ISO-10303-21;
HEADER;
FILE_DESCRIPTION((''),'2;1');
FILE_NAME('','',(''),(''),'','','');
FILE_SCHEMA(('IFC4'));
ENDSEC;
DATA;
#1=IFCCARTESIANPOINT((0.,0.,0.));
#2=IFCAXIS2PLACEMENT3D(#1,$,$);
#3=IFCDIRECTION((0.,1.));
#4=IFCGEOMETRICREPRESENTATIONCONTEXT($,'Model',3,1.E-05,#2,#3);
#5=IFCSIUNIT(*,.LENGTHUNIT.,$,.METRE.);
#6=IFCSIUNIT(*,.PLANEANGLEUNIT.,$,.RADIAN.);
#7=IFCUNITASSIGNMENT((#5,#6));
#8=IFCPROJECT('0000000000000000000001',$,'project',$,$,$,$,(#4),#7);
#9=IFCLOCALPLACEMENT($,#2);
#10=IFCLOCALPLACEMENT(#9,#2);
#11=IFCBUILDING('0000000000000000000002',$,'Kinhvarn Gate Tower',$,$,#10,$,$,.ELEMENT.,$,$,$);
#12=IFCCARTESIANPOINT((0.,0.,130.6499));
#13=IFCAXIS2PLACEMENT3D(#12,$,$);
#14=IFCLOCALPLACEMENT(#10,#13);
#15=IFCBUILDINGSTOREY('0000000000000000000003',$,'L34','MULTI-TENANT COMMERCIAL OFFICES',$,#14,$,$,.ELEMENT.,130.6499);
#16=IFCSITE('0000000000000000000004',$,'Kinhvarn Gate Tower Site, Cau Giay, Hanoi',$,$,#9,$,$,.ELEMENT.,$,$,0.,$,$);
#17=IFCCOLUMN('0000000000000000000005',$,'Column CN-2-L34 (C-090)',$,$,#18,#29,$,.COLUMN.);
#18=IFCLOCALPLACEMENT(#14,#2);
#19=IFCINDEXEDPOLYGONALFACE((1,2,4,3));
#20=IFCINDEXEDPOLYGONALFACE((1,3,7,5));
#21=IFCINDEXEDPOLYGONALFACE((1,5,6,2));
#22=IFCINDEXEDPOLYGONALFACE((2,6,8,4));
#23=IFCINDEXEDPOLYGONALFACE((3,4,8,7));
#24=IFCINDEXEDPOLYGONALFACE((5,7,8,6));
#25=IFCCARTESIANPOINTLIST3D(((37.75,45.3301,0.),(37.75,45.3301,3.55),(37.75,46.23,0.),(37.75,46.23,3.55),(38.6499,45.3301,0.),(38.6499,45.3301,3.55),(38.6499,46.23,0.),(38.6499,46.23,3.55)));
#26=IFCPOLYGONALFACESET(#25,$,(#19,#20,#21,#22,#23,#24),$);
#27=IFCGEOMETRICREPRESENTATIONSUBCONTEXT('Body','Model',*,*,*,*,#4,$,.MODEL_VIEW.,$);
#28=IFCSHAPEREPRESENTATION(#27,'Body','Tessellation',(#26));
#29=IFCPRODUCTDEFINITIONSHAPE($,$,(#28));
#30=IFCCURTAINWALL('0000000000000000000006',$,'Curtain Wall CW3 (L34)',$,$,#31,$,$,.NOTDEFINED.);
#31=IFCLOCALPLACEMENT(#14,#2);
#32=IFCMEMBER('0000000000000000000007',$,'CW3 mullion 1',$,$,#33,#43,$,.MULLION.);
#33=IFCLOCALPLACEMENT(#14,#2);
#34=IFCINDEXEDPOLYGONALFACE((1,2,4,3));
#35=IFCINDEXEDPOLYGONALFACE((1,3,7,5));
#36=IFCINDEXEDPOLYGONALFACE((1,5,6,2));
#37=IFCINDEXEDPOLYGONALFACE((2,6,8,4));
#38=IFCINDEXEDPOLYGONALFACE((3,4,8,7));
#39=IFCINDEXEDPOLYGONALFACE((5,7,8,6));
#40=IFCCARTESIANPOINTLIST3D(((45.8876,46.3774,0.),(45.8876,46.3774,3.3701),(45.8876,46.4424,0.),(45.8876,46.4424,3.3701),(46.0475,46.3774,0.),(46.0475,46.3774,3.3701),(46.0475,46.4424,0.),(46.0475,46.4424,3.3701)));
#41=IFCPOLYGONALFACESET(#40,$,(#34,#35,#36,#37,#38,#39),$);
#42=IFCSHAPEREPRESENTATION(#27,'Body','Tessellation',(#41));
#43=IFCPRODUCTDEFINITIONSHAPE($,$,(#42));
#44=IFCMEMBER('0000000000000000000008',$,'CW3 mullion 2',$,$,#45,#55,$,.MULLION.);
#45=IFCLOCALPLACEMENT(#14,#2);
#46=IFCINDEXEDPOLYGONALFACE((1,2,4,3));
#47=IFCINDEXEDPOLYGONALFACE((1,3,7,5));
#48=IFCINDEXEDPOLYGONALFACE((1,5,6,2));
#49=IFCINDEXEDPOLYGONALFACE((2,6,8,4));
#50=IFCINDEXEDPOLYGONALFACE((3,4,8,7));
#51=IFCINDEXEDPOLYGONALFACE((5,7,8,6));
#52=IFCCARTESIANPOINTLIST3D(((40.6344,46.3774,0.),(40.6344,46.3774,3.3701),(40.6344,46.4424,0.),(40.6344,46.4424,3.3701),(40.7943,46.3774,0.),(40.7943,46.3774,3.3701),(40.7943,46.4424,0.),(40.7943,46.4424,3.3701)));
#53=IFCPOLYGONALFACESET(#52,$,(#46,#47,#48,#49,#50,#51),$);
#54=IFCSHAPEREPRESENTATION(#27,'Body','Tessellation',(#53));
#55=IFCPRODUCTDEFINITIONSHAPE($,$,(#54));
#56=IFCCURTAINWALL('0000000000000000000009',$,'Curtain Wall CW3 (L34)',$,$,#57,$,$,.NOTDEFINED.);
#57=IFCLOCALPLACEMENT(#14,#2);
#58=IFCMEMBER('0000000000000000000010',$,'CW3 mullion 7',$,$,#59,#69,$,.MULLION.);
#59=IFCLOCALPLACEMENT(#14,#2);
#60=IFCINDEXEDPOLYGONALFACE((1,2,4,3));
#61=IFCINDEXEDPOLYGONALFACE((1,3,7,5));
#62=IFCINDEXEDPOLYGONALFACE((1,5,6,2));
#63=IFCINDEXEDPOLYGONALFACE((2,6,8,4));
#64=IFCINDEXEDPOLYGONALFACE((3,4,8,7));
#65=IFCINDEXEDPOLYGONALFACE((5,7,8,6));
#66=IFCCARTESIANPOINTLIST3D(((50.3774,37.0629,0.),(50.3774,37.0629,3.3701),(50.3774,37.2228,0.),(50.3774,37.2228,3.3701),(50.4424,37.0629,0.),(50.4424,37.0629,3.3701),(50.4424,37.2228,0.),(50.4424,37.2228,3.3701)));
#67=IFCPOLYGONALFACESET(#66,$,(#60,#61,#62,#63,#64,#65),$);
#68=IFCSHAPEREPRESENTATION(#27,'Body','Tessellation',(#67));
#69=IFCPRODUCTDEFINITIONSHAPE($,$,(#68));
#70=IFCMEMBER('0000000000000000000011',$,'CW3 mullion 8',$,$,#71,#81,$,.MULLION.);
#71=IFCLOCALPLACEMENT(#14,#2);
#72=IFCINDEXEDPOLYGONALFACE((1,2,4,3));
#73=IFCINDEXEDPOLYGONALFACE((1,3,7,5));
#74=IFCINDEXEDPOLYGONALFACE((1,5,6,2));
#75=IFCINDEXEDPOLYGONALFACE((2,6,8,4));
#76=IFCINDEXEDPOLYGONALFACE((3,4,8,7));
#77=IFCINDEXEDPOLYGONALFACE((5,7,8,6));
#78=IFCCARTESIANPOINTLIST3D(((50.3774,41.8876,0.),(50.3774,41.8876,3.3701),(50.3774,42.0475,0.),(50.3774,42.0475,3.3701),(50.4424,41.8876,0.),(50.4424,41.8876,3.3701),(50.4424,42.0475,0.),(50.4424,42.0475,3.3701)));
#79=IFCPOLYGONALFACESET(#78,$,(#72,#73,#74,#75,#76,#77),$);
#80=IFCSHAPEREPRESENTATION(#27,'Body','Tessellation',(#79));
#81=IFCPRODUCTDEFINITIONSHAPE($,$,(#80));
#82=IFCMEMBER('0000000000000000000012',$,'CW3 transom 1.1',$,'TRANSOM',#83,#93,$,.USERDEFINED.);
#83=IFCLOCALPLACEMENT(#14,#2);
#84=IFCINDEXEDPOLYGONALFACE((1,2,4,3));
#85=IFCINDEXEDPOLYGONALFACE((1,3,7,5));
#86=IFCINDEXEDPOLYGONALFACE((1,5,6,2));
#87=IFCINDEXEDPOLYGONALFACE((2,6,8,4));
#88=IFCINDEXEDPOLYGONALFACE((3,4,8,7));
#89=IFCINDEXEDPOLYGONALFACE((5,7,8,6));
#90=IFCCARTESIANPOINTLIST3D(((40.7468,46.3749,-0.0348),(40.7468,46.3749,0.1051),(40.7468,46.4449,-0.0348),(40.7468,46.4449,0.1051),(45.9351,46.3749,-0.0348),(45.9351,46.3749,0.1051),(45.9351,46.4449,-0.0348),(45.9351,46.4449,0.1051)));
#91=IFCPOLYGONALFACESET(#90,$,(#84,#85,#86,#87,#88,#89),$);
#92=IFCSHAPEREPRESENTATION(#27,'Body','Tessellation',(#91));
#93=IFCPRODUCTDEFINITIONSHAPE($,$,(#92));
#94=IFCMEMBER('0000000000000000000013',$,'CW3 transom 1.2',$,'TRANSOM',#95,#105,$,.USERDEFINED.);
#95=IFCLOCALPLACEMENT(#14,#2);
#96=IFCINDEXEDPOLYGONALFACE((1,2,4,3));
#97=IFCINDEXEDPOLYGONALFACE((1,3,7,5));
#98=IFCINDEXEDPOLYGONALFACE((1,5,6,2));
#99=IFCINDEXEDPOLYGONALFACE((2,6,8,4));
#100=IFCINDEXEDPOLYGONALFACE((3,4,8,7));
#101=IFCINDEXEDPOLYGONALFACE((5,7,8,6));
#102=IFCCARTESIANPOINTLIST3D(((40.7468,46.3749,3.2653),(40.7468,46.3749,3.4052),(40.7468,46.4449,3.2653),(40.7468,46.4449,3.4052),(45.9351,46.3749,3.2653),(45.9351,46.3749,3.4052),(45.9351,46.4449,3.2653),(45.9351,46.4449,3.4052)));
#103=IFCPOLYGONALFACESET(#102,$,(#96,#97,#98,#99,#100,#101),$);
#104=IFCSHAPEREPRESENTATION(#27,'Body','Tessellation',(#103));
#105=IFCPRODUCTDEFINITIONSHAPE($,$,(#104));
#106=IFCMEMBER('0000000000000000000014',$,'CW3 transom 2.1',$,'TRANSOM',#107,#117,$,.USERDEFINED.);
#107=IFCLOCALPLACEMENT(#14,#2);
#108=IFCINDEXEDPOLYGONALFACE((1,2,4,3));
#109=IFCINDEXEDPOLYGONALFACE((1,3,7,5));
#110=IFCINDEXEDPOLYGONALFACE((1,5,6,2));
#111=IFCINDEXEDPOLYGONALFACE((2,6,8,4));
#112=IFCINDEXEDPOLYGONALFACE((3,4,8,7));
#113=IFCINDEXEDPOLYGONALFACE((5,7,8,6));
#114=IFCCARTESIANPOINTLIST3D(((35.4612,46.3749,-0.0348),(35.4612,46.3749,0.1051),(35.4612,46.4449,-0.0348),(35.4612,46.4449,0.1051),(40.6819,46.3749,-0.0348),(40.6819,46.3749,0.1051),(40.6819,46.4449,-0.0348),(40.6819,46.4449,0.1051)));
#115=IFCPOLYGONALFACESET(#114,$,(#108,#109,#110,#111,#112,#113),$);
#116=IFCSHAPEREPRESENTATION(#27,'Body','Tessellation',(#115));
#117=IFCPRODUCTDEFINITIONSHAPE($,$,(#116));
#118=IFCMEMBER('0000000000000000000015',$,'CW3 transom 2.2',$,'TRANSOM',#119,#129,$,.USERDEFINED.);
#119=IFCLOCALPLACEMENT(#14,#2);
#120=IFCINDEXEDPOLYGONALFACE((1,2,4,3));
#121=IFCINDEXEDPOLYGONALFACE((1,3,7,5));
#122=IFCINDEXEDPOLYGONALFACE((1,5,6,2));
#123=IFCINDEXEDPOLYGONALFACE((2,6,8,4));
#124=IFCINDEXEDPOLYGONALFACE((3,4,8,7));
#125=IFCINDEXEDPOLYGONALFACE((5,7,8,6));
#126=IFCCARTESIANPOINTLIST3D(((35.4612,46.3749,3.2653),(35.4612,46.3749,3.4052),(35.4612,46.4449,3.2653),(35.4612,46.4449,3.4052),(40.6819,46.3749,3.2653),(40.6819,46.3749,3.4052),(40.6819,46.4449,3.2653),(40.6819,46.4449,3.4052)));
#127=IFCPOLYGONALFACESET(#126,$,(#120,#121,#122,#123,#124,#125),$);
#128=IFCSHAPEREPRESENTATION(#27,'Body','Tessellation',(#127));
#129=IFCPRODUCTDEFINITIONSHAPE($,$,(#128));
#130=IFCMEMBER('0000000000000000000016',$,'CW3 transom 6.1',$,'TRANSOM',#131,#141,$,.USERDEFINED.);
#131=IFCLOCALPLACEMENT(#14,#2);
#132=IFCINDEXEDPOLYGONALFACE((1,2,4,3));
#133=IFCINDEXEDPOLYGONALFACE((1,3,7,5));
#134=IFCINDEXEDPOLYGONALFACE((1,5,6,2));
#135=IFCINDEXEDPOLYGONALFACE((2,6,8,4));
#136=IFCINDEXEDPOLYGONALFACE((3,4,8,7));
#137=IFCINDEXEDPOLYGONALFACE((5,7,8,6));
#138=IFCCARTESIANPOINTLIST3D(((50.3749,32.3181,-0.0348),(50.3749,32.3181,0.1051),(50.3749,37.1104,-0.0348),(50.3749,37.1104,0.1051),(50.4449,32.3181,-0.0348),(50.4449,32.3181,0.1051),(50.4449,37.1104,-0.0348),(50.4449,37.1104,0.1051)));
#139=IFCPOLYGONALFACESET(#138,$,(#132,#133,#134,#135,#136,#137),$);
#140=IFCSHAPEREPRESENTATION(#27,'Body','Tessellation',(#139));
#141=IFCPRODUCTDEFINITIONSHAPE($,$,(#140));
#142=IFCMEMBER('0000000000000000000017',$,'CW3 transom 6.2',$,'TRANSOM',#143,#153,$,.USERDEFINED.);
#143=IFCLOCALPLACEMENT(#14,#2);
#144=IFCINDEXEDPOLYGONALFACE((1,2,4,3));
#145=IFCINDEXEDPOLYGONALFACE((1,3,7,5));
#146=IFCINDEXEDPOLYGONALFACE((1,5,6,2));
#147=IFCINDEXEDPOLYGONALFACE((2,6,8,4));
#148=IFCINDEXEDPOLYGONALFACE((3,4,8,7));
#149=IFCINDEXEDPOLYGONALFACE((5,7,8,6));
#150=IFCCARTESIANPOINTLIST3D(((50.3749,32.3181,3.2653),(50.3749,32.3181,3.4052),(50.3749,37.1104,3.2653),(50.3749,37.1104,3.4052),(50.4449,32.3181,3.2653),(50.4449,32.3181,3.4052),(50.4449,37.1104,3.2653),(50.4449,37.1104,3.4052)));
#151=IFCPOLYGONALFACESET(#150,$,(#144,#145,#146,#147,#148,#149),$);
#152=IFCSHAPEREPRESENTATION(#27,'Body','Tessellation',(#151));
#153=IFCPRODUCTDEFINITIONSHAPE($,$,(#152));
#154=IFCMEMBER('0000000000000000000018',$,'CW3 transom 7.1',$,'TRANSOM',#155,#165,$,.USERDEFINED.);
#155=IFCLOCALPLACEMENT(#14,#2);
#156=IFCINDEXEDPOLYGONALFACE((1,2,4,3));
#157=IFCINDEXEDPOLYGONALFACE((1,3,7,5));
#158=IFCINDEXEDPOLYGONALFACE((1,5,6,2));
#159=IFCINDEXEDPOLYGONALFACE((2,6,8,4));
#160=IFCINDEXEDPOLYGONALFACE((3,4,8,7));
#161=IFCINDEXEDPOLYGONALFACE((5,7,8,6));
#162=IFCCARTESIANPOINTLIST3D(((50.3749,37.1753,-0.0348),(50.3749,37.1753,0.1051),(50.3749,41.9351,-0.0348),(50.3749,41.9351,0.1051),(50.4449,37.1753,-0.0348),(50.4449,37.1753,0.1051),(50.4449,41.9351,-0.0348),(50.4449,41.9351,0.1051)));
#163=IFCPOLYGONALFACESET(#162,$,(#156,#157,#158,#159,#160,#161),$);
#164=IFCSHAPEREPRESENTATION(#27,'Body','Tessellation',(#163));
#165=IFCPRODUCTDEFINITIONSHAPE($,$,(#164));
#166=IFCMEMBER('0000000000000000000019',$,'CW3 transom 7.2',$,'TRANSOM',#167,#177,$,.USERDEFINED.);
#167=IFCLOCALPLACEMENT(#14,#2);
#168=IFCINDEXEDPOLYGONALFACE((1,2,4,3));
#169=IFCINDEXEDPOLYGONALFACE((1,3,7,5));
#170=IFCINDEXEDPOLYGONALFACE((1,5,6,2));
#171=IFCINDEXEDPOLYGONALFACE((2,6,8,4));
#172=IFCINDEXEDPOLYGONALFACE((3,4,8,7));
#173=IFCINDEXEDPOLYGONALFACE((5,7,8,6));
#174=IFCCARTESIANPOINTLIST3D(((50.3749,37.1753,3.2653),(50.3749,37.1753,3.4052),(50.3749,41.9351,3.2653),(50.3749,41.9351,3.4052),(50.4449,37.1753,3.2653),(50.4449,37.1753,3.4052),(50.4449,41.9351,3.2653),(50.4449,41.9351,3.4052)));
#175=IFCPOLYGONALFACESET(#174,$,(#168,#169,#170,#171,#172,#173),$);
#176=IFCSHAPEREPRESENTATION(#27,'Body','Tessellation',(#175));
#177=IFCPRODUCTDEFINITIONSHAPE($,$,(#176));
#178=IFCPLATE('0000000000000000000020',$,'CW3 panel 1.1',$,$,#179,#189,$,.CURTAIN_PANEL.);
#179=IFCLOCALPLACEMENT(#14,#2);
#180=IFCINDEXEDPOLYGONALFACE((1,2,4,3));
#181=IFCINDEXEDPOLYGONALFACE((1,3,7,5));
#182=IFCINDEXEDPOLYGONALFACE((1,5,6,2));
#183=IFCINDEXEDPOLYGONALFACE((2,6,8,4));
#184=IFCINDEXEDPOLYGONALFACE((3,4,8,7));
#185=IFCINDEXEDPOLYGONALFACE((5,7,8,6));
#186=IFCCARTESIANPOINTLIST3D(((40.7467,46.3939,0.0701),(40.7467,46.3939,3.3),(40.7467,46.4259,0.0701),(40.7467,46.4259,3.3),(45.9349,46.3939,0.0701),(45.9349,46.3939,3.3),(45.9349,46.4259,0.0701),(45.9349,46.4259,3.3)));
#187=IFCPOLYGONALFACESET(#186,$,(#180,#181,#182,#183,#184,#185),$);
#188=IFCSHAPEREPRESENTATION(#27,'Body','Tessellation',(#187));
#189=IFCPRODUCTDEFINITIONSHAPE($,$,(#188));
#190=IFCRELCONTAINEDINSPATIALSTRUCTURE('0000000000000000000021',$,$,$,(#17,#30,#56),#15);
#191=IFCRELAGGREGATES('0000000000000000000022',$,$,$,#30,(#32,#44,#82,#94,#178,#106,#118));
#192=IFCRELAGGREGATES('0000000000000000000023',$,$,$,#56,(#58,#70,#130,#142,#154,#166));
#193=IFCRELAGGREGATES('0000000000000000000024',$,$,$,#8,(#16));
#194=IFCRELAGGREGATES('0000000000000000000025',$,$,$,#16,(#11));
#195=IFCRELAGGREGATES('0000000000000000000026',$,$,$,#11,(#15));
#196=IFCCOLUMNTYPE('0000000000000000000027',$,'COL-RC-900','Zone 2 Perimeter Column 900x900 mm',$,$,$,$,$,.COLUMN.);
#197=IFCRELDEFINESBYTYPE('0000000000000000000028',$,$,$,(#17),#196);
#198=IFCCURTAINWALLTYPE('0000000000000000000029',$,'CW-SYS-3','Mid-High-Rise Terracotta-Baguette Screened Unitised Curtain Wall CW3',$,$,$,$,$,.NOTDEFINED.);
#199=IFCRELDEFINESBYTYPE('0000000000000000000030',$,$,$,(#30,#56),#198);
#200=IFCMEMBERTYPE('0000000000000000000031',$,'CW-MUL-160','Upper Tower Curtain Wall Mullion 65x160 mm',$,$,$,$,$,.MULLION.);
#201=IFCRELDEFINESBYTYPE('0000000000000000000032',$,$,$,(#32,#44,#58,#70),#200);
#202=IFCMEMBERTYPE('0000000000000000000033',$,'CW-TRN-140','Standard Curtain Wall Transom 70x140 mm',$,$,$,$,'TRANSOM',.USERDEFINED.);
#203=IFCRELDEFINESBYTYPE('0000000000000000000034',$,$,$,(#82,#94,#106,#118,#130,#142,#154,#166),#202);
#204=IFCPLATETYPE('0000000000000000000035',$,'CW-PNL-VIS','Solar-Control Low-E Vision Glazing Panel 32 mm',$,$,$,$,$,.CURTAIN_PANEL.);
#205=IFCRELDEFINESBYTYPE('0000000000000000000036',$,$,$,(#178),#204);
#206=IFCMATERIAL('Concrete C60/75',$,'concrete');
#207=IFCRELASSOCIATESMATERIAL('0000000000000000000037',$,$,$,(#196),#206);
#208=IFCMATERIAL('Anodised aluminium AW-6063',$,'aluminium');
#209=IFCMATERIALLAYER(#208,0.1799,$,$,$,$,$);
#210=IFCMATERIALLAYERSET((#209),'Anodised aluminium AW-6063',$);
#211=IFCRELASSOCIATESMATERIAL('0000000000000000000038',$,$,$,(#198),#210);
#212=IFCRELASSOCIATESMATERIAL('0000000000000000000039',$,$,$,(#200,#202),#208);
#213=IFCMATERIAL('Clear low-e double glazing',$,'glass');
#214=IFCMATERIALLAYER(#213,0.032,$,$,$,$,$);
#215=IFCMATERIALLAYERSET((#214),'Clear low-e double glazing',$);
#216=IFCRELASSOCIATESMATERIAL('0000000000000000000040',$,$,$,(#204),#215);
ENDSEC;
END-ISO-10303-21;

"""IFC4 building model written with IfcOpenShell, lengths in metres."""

from ifc_helpers import new_model, si_unit, direction, frame, origin, origin_2d, place, context, subcontext, project, spatial, rectangle, extrude, material, layer, layer_set, material_profile, profile_set, type_object, element, aggregate, save


model = new_model("IFC4")

# Units and contexts
model_context = context("Model", 3, precision=1e-05, world=origin(), true_north=direction((0.0, 1.0)))
body_context = subcontext(model_context, "Body", "Model", "MODEL_VIEW")
ifc_project = project(units=[si_unit("LENGTHUNIT", "METRE"), si_unit("PLANEANGLEUNIT", "RADIAN")], contexts=[model_context])

# Site, building, storey
site_placement = place(None, origin())
site = spatial("IfcSite", under=ifc_project, at=site_placement, Name="Kinhvarn Gate Tower Site, Cau Giay, Hanoi", CompositionType="ELEMENT", RefElevation=0.0)
building_placement = place(site_placement, origin())
building = spatial("IfcBuilding", under=site, at=building_placement, Name="Kinhvarn Gate Tower", CompositionType="ELEMENT")
storey_placement = place(building_placement, frame((0.0, 0.0, 130.6499)))
storey = spatial("IfcBuildingStorey", under=building, at=storey_placement, Name="L34", Description="MULTI-TENANT COMMERCIAL OFFICES", CompositionType="ELEMENT", Elevation=130.6499)

# Column
ifc_material_1 = material(Name="Concrete C60/75", Category="concrete")
ifc_material_profile_1 = material_profile(ifc_material_1, rectangle(XDim=0.8999, YDim=0.8999, at=origin_2d()), Name="RC 900x900")
ifc_profile_set_1 = profile_set([ifc_material_profile_1], Name="Concrete C60/75")
column_type = type_object("IfcColumnType", Name="COL-RC-900", Description="Zone 2 Perimeter Column 900x900 mm", PredefinedType="COLUMN", material=ifc_profile_set_1)
column_placement = place(storey_placement, frame((38.2, 45.78, 0.0), z_axis=(0.0, 0.0, 1.0), x_axis=(1.0, 0.0, 0.0)))
element("IfcColumn", 1, at=column_placement, inside=storey, type_object=column_type, Name="Column CN-2-L34 (C-090)", PredefinedType="COLUMN", context=body_context, shape_type="SweptSolid", body=[
    extrude(rectangle(XDim=0.8999, YDim=0.8999, at=origin_2d()), origin(), (0.0, 0.0, 1.0), 3.55),
])

# Curtain walls, members
ifc_material_2 = material(Name="Anodised aluminium AW-6063", Category="aluminium")
ifc_layer_1 = layer(ifc_material_2, 0.1799)
ifc_layer_set_1 = layer_set([ifc_layer_1], Name="Anodised aluminium AW-6063")
curtain_wall_type = type_object("IfcCurtainWallType", Name="CW-SYS-3", Description="Mid-High-Rise Terracotta-Baguette Screened Unitised Curtain Wall CW3", PredefinedType="NOTDEFINED", material=ifc_layer_set_1)
curtain_wall_1_placement = place(storey_placement, origin())
curtain_wall_1 = element("IfcCurtainWall", 2, at=curtain_wall_1_placement, inside=storey, type_object=curtain_wall_type, Name="Curtain Wall CW3 (L34)", PredefinedType="NOTDEFINED")
ifc_material_profile_2 = material_profile(ifc_material_2, rectangle(XDim=0.0649, YDim=0.1599, at=origin_2d()), Name="ALU 65x160")
ifc_profile_set_2 = profile_set([ifc_material_profile_2], Name="Anodised aluminium AW-6063")
member_type_1 = type_object("IfcMemberType", Name="CW-MUL-160", Description="Upper Tower Curtain Wall Mullion 65x160 mm", PredefinedType="MULLION", material=ifc_profile_set_2)
member_1_placement = place(storey_placement, frame((45.9675, 46.4099, 0.0), z_axis=(0.0, 0.0, 1.0), x_axis=(0.0, -1.0, 0.0)))
member_1 = element("IfcMember", 3, at=member_1_placement, type_object=member_type_1, Name="CW3 mullion 1", PredefinedType="MULLION", context=body_context, shape_type="SweptSolid", body=[
    extrude(rectangle(XDim=0.0649, YDim=0.1599, at=origin_2d()), origin(), (0.0, 0.0, 1.0), 3.3701),
])
member_2_placement = place(storey_placement, frame((40.7144, 46.4099, 0.0), z_axis=(0.0, 0.0, 1.0), x_axis=(0.0, -1.0, 0.0)))
member_2 = element("IfcMember", 4, at=member_2_placement, type_object=member_type_1, Name="CW3 mullion 2", PredefinedType="MULLION", context=body_context, shape_type="SweptSolid", body=[
    extrude(rectangle(XDim=0.0649, YDim=0.1599, at=origin_2d()), origin(), (0.0, 0.0, 1.0), 3.3701),
])
curtain_wall_2_placement = place(storey_placement, origin())
curtain_wall_2 = element("IfcCurtainWall", 5, at=curtain_wall_2_placement, inside=storey, type_object=curtain_wall_type, Name="Curtain Wall CW3 (L34)", PredefinedType="NOTDEFINED")
member_3_placement = place(storey_placement, frame((50.4099, 37.1428, 0.0), z_axis=(0.0, 0.0, 1.0), x_axis=(-1.0, 0.0, 0.0)))
member_3 = element("IfcMember", 6, at=member_3_placement, type_object=member_type_1, Name="CW3 mullion 7", PredefinedType="MULLION", context=body_context, shape_type="SweptSolid", body=[
    extrude(rectangle(XDim=0.0649, YDim=0.1599, at=origin_2d()), origin(), (0.0, 0.0, 1.0), 3.3701),
])
member_4_placement = place(storey_placement, frame((50.4099, 41.9675, 0.0), z_axis=(0.0, 0.0, 1.0), x_axis=(-1.0, 0.0, 0.0)))
member_4 = element("IfcMember", 7, at=member_4_placement, type_object=member_type_1, Name="CW3 mullion 8", PredefinedType="MULLION", context=body_context, shape_type="SweptSolid", body=[
    extrude(rectangle(XDim=0.0649, YDim=0.1599, at=origin_2d()), origin(), (0.0, 0.0, 1.0), 3.3701),
])

# Members
ifc_material_profile_3 = material_profile(ifc_material_2, rectangle(XDim=0.0701, YDim=0.1399, at=origin_2d()), Name="ALU 70x140")
ifc_profile_set_3 = profile_set([ifc_material_profile_3], Name="Anodised aluminium AW-6063")
member_type_2 = type_object("IfcMemberType", Name="CW-TRN-140", Description="Standard Curtain Wall Transom 70x140 mm", ElementType="TRANSOM", PredefinedType="USERDEFINED", material=ifc_profile_set_3)
member_5_placement = place(storey_placement, frame((45.9351, 46.4099, 0.0352), z_axis=(-1.0, 0.0, 0.0), x_axis=(0.0, -1.0, 0.0)))
member_5 = element("IfcMember", 8, at=member_5_placement, type_object=member_type_2, Name="CW3 transom 1.1", ObjectType="TRANSOM", PredefinedType="USERDEFINED", context=body_context, shape_type="SweptSolid", body=[
    extrude(rectangle(XDim=0.0701, YDim=0.1399, at=origin_2d()), origin(), (0.0, 0.0, 1.0), 5.1882),
])
member_6_placement = place(storey_placement, frame((45.9351, 46.4099, 3.3352), z_axis=(-1.0, 0.0, 0.0), x_axis=(0.0, -1.0, 0.0)))
member_6 = element("IfcMember", 9, at=member_6_placement, type_object=member_type_2, Name="CW3 transom 1.2", ObjectType="TRANSOM", PredefinedType="USERDEFINED", context=body_context, shape_type="SweptSolid", body=[
    extrude(rectangle(XDim=0.0701, YDim=0.1399, at=origin_2d()), origin(), (0.0, 0.0, 1.0), 5.1882),
])
member_7_placement = place(storey_placement, frame((40.6819, 46.4099, 0.0352), z_axis=(-1.0, 0.0, 0.0), x_axis=(0.0, -1.0, 0.0)))
member_7 = element("IfcMember", 10, at=member_7_placement, type_object=member_type_2, Name="CW3 transom 2.1", ObjectType="TRANSOM", PredefinedType="USERDEFINED", context=body_context, shape_type="SweptSolid", body=[
    extrude(rectangle(XDim=0.0701, YDim=0.1399, at=origin_2d()), origin(), (0.0, 0.0, 1.0), 5.2207),
])
member_8_placement = place(storey_placement, frame((40.6819, 46.4099, 3.3352), z_axis=(-1.0, 0.0, 0.0), x_axis=(0.0, -1.0, 0.0)))
member_8 = element("IfcMember", 11, at=member_8_placement, type_object=member_type_2, Name="CW3 transom 2.2", ObjectType="TRANSOM", PredefinedType="USERDEFINED", context=body_context, shape_type="SweptSolid", body=[
    extrude(rectangle(XDim=0.0701, YDim=0.1399, at=origin_2d()), origin(), (0.0, 0.0, 1.0), 5.2207),
])
member_9_placement = place(storey_placement, frame((50.4099, 32.3181, 0.0352), z_axis=(0.0, 1.0, 0.0), x_axis=(-1.0, 0.0, 0.0)))
member_9 = element("IfcMember", 12, at=member_9_placement, type_object=member_type_2, Name="CW3 transom 6.1", ObjectType="TRANSOM", PredefinedType="USERDEFINED", context=body_context, shape_type="SweptSolid", body=[
    extrude(rectangle(XDim=0.0701, YDim=0.1399, at=origin_2d()), origin(), (0.0, 0.0, 1.0), 4.7922),
])
member_10_placement = place(storey_placement, frame((50.4099, 32.3181, 3.3352), z_axis=(0.0, 1.0, 0.0), x_axis=(-1.0, 0.0, 0.0)))
member_10 = element("IfcMember", 13, at=member_10_placement, type_object=member_type_2, Name="CW3 transom 6.2", ObjectType="TRANSOM", PredefinedType="USERDEFINED", context=body_context, shape_type="SweptSolid", body=[
    extrude(rectangle(XDim=0.0701, YDim=0.1399, at=origin_2d()), origin(), (0.0, 0.0, 1.0), 4.7922),
])
member_11_placement = place(storey_placement, frame((50.4099, 37.1753, 0.0352), z_axis=(0.0, 1.0, 0.0), x_axis=(-1.0, 0.0, 0.0)))
member_11 = element("IfcMember", 14, at=member_11_placement, type_object=member_type_2, Name="CW3 transom 7.1", ObjectType="TRANSOM", PredefinedType="USERDEFINED", context=body_context, shape_type="SweptSolid", body=[
    extrude(rectangle(XDim=0.0701, YDim=0.1399, at=origin_2d()), origin(), (0.0, 0.0, 1.0), 4.7598),
])
member_12_placement = place(storey_placement, frame((50.4099, 37.1753, 3.3352), z_axis=(0.0, 1.0, 0.0), x_axis=(-1.0, 0.0, 0.0)))
member_12 = element("IfcMember", 15, at=member_12_placement, type_object=member_type_2, Name="CW3 transom 7.2", ObjectType="TRANSOM", PredefinedType="USERDEFINED", context=body_context, shape_type="SweptSolid", body=[
    extrude(rectangle(XDim=0.0701, YDim=0.1399, at=origin_2d()), origin(), (0.0, 0.0, 1.0), 4.7598),
])

# Plate
ifc_material_3 = material(Name="Clear low-e double glazing", Category="glass")
ifc_layer_2 = layer(ifc_material_3, 0.032)
ifc_layer_set_2 = layer_set([ifc_layer_2], Name="Clear low-e double glazing")
plate_type = type_object("IfcPlateType", Name="CW-PNL-VIS", Description="Solar-Control Low-E Vision Glazing Panel 32 mm", PredefinedType="CURTAIN_PANEL", material=ifc_layer_set_2)
plate_1_placement = place(storey_placement, frame((43.3408, 46.4099, 0.0701), z_axis=(0.0, 0.0, 1.0), x_axis=(-1.0, 0.0, 0.0)))
plate_1 = element("IfcPlate", 16, at=plate_1_placement, type_object=plate_type, Name="CW3 panel 1.1", PredefinedType="CURTAIN_PANEL", context=body_context, shape_type="SweptSolid", body=[
    extrude(rectangle(XDim=5.1882, YDim=0.032, at=origin_2d()), origin(), (0.0, 0.0, 1.0), 3.23),
])
aggregate(curtain_wall_1, [member_1, member_2, member_5, member_6, plate_1, member_7, member_8])
aggregate(curtain_wall_2, [member_3, member_4, member_9, member_10, member_11, member_12])

save(model, "model.ifc")
